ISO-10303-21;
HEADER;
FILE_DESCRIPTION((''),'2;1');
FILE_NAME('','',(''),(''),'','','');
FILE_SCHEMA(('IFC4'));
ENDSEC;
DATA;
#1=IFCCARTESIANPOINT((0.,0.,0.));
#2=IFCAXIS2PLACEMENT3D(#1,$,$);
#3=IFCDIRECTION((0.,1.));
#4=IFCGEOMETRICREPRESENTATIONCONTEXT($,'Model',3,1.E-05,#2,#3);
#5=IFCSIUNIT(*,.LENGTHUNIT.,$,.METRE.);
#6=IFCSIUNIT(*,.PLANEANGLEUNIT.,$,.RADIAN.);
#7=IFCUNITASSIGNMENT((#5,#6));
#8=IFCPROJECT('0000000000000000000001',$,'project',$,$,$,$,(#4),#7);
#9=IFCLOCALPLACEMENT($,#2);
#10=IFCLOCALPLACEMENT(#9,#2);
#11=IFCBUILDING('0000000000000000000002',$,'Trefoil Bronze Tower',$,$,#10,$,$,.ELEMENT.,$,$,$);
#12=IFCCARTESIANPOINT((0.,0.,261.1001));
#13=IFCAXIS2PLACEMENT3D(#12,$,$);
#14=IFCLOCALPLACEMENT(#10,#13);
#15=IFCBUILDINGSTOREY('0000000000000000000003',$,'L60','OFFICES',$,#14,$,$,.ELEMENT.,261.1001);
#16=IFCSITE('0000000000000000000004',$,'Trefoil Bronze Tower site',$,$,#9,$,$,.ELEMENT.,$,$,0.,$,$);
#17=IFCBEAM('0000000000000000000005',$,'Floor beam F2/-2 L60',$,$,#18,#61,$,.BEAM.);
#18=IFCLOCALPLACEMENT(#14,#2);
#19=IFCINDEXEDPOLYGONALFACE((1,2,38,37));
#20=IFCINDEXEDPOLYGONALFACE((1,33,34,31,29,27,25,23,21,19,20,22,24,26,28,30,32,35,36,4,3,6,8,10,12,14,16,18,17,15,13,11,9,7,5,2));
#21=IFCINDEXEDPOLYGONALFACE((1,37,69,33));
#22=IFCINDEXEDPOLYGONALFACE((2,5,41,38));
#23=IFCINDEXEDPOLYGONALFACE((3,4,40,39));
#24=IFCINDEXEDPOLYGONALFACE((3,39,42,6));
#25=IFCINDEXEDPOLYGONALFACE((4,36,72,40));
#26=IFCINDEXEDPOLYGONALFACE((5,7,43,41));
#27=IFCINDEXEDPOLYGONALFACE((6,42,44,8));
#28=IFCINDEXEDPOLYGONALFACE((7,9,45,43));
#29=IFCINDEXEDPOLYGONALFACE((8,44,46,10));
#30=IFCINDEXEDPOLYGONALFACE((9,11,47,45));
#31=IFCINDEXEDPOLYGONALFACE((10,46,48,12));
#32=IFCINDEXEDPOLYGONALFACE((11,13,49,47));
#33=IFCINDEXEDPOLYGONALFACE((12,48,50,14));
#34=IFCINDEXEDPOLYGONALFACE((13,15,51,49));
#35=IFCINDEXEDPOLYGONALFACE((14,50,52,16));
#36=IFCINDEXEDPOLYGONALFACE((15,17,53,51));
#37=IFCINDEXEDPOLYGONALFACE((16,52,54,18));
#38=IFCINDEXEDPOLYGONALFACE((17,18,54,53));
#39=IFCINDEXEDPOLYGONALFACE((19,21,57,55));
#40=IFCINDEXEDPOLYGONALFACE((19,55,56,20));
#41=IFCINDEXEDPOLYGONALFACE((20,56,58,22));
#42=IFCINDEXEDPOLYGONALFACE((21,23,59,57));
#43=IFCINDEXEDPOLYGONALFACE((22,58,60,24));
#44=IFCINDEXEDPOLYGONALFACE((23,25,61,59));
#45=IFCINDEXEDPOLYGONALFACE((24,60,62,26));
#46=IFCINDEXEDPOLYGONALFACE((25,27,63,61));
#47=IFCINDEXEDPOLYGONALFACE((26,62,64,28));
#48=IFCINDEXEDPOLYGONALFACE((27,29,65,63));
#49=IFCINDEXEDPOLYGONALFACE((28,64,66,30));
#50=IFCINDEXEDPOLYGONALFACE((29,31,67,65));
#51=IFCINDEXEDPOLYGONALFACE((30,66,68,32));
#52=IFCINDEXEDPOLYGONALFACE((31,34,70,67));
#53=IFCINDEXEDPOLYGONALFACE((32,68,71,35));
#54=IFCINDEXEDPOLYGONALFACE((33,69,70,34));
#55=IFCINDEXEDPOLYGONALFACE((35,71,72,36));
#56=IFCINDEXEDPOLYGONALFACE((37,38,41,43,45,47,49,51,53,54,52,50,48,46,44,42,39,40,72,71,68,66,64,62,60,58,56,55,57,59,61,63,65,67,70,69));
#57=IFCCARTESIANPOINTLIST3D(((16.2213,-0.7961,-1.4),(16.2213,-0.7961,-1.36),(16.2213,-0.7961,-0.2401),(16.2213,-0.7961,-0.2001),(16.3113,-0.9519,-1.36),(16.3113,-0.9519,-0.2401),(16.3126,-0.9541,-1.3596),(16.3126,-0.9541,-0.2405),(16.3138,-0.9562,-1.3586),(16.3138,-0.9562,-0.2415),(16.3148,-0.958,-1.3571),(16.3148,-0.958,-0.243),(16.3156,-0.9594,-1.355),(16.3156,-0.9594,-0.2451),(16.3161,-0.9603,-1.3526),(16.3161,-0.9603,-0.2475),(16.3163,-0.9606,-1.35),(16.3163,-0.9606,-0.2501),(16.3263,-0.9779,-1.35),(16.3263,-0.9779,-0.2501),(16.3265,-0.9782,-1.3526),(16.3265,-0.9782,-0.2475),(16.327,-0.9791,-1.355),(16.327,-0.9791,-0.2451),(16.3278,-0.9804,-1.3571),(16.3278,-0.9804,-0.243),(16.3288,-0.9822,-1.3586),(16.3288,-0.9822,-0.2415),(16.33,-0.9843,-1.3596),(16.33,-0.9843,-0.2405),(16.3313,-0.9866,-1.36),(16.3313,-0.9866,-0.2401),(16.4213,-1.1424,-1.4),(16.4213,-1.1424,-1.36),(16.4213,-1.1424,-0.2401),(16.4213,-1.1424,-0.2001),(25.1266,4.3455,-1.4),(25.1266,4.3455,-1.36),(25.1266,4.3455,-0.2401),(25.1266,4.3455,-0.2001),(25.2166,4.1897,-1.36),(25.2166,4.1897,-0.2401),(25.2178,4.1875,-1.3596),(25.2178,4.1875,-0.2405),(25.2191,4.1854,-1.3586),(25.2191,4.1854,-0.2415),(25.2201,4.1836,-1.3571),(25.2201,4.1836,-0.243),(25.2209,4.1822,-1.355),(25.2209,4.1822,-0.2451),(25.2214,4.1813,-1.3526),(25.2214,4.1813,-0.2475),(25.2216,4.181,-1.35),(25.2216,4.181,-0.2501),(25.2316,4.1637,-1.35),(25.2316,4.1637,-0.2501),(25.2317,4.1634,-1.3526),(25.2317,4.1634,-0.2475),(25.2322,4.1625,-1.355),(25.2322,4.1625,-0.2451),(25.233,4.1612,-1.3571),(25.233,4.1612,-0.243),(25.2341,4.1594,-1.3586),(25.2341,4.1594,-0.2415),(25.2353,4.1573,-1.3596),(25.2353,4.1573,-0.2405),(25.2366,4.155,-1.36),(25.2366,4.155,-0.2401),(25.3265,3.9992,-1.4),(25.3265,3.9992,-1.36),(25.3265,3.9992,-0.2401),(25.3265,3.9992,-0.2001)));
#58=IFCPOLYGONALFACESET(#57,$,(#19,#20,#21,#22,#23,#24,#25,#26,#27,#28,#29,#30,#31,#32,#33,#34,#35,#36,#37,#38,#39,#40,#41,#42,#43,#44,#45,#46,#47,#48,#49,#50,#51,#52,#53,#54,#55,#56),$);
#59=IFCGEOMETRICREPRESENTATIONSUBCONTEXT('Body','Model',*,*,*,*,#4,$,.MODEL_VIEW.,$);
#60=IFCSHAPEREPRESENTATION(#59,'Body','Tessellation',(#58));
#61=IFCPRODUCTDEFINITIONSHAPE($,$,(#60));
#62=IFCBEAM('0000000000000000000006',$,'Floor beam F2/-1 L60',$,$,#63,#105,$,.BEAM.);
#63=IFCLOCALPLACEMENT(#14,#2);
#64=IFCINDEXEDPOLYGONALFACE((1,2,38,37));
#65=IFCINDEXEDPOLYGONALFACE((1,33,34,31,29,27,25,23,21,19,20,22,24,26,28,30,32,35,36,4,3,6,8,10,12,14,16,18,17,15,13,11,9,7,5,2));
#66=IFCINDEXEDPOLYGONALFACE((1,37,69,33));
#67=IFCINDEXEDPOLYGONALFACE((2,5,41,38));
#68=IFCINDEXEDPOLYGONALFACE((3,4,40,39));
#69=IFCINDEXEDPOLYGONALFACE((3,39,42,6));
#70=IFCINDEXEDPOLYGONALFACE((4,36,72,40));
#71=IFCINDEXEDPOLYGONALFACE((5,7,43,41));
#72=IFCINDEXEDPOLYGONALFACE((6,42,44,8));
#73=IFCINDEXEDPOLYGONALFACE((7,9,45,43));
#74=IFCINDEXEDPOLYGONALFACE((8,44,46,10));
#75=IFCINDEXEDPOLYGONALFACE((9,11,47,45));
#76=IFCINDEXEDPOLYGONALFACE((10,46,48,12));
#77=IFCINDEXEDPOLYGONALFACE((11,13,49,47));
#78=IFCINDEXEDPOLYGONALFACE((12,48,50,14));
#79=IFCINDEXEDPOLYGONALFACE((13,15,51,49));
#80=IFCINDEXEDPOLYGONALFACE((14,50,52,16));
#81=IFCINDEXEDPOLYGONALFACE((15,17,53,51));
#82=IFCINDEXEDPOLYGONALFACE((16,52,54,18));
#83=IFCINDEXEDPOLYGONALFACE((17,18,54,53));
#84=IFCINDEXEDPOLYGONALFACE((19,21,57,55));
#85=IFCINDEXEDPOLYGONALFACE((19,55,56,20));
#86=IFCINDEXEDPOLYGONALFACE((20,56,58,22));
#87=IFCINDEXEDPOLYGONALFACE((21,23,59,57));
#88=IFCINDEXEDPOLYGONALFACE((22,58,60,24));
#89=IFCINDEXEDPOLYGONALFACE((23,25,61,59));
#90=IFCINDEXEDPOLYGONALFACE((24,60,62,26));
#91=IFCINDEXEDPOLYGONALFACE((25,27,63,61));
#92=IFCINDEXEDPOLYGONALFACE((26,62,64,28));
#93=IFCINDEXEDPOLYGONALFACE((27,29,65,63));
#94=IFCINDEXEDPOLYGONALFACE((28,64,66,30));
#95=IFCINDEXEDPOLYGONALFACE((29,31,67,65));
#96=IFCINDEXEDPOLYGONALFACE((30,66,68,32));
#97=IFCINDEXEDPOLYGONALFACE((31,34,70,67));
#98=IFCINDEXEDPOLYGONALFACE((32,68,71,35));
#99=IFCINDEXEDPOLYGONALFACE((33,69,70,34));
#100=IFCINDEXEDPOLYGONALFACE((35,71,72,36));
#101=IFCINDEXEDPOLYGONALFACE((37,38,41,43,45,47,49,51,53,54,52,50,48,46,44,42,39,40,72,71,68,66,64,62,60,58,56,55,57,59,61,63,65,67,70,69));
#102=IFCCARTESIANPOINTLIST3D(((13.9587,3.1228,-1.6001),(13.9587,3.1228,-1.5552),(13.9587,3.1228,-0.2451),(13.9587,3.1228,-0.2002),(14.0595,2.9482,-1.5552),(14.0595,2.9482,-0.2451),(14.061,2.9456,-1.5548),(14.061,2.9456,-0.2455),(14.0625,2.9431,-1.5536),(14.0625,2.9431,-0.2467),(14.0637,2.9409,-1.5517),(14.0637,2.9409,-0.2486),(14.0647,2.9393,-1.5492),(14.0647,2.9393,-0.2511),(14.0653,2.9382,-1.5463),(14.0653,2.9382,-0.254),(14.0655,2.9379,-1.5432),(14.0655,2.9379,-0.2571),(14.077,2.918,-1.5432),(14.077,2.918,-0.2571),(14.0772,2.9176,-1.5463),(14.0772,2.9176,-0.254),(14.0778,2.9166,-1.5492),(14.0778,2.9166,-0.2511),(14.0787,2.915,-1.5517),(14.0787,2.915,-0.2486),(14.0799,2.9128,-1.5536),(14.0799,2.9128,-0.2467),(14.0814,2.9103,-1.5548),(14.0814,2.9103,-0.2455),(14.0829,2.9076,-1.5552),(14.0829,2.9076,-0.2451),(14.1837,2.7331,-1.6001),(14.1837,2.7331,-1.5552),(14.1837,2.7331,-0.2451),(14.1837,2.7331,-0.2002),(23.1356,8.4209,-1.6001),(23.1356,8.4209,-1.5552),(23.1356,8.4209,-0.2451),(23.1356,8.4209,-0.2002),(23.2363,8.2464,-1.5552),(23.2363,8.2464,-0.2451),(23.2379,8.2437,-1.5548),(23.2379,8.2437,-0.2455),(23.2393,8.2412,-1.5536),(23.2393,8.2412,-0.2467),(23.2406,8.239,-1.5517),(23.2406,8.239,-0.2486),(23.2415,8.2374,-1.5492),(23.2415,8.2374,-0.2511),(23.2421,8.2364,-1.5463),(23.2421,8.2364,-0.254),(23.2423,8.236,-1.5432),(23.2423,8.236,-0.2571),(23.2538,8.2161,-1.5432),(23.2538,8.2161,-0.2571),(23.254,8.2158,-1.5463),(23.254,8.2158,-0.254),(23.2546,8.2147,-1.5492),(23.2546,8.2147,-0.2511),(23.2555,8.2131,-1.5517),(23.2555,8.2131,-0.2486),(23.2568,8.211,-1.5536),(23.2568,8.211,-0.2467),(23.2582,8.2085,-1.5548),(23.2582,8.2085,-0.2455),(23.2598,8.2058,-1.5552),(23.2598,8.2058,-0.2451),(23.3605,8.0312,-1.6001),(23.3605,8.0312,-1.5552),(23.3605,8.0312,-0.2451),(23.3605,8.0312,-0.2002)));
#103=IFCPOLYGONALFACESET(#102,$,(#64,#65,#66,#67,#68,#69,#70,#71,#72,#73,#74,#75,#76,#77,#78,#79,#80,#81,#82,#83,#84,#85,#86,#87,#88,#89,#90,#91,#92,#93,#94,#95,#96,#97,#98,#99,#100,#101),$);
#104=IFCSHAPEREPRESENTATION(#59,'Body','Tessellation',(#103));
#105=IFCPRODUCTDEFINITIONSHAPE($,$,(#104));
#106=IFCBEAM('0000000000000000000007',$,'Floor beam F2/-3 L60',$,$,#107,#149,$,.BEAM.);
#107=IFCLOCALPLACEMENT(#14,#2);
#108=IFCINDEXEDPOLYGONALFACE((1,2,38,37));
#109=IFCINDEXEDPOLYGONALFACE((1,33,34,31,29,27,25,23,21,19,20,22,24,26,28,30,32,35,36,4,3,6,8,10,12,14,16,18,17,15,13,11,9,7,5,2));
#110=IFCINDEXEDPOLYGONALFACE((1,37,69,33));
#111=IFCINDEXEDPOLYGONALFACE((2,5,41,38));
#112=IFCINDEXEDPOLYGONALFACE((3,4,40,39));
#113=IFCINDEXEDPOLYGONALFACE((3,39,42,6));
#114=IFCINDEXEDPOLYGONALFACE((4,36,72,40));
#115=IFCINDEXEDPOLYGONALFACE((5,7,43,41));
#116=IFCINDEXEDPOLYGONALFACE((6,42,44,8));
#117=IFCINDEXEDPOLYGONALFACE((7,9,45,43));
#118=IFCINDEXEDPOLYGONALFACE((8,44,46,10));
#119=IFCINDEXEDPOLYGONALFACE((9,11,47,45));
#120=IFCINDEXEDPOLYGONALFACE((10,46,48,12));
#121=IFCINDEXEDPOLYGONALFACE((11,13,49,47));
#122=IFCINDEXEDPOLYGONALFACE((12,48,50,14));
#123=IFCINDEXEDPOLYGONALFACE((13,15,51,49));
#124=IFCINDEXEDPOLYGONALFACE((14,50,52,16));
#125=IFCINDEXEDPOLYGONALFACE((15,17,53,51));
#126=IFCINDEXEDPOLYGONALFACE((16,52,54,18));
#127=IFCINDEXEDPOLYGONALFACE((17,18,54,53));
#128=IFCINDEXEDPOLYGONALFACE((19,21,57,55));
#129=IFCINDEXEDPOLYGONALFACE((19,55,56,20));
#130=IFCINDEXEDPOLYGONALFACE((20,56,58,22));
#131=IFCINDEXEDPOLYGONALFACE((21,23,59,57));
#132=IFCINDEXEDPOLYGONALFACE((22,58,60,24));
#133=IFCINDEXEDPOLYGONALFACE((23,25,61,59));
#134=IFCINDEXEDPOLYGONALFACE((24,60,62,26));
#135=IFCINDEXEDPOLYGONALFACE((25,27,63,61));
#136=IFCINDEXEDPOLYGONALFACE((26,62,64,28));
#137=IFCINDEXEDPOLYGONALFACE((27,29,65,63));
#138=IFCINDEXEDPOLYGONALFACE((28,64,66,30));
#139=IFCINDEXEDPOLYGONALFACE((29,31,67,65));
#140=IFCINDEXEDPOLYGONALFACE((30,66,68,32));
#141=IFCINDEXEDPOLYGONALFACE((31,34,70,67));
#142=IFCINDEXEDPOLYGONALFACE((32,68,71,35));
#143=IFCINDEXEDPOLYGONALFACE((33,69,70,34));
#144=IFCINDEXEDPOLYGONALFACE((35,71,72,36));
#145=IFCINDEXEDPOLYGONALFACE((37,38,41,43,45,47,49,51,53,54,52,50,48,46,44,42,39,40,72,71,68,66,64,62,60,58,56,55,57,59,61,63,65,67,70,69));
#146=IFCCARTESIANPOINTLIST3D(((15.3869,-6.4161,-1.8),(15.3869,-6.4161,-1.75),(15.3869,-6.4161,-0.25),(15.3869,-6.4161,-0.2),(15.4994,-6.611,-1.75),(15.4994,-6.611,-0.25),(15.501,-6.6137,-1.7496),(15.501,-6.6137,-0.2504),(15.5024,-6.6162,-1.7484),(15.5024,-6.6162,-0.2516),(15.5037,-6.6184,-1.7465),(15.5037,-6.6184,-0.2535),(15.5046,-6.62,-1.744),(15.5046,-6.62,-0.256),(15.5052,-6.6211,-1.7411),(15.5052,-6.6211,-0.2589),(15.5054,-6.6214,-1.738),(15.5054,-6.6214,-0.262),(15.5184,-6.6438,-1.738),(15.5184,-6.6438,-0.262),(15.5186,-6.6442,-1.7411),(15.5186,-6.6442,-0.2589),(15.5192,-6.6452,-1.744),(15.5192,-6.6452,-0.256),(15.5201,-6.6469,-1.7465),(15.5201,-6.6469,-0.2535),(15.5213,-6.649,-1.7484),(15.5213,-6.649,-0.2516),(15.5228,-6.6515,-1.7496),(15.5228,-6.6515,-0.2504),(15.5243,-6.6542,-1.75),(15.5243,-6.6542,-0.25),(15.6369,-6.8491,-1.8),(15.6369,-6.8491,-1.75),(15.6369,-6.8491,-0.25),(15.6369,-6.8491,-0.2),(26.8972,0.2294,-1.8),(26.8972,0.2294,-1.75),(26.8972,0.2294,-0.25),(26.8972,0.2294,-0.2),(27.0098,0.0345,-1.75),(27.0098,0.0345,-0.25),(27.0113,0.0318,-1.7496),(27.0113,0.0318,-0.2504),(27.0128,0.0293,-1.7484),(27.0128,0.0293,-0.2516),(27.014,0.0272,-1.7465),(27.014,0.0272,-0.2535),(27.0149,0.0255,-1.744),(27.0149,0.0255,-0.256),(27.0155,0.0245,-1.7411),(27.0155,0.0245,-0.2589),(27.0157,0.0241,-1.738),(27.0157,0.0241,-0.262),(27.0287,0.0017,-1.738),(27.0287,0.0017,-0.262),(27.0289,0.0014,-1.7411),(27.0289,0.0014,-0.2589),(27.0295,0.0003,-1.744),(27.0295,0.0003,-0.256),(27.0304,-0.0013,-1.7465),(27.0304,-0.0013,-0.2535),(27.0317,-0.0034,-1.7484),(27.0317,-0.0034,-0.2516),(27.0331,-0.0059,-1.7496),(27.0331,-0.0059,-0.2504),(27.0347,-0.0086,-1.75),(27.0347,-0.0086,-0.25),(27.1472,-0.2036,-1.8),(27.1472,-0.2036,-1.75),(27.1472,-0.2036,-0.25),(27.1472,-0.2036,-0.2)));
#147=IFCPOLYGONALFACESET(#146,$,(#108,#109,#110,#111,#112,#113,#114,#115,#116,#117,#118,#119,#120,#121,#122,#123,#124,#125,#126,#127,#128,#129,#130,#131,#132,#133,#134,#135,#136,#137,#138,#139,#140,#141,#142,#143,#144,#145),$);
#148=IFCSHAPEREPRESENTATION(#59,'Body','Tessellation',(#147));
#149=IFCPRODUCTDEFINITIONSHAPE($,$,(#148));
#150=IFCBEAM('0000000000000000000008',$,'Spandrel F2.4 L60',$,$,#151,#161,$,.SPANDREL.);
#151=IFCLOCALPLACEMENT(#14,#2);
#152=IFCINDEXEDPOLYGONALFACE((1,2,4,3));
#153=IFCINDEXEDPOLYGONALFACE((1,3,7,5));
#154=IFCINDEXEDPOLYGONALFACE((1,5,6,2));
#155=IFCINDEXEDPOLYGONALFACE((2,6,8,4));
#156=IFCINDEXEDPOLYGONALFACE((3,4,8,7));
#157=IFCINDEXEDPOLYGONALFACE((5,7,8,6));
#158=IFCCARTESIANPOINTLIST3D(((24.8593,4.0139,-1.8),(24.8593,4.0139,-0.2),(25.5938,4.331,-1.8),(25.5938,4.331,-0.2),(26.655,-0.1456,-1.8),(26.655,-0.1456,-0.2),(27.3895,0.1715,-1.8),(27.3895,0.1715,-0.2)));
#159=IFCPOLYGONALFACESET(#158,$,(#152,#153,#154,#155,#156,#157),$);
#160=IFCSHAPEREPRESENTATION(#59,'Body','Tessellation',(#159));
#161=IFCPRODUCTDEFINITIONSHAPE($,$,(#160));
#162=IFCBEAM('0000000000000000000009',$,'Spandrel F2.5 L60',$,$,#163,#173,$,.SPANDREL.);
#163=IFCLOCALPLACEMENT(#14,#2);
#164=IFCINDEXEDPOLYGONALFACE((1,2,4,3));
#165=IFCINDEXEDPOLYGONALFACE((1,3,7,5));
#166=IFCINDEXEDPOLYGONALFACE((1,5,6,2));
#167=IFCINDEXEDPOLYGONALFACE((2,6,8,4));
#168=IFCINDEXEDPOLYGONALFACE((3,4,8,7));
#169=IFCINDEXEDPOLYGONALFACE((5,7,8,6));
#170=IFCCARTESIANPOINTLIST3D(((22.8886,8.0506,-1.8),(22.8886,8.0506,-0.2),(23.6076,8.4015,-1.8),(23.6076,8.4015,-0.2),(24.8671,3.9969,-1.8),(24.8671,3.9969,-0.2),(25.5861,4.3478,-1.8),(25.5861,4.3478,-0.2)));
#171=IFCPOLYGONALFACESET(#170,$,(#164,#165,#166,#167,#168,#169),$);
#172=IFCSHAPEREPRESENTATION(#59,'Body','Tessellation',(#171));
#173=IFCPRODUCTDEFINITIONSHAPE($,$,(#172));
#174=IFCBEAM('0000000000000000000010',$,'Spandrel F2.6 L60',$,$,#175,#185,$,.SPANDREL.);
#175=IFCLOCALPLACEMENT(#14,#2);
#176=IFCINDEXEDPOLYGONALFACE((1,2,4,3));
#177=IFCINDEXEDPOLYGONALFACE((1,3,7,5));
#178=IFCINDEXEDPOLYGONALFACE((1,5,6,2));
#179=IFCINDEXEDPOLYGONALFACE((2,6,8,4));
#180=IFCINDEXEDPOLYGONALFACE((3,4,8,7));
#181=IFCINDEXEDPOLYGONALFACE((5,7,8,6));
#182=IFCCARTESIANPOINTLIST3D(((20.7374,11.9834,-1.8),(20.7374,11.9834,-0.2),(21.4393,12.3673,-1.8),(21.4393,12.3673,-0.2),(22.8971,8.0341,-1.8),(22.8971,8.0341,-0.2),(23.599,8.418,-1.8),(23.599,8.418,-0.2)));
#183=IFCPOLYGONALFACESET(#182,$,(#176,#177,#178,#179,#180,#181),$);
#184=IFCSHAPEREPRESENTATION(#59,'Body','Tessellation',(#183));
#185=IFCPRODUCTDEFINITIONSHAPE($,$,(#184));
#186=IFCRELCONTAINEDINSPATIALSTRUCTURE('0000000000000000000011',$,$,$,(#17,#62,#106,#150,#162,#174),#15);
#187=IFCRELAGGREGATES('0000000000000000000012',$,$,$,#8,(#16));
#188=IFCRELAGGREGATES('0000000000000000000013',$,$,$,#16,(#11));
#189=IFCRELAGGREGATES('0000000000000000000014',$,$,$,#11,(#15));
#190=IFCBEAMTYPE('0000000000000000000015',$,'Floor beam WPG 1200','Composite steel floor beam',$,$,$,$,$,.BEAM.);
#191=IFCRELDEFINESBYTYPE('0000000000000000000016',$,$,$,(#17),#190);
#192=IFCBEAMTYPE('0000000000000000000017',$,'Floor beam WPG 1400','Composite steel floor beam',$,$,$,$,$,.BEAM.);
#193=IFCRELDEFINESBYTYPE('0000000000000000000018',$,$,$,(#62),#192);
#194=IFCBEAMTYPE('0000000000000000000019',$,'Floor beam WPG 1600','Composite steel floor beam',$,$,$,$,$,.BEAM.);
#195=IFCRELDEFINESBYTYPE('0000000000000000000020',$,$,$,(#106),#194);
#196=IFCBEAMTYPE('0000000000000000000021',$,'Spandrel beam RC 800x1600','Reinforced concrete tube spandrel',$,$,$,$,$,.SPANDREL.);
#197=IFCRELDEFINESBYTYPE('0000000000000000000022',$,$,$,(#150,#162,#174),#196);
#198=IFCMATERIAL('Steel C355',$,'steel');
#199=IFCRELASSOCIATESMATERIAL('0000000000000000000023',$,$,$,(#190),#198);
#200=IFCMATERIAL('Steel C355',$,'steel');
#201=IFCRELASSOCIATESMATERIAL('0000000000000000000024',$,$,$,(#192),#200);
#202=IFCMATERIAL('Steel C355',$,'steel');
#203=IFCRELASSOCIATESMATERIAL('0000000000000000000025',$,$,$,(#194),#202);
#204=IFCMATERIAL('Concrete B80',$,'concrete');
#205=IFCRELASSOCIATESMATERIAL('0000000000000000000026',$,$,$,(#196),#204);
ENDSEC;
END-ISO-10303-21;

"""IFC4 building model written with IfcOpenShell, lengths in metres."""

from ifc_helpers import new_model, si_unit, direction, frame, origin, origin_2d, place, context, subcontext, project, spatial, rectangle, i_section, extrude, material, material_profile, profile_set, type_object, element, save


model = new_model("IFC4")

# Units and contexts
model_context = context("Model", 3, precision=1e-05, world=origin(), true_north=direction((0.0, 1.0)))
body_context = subcontext(model_context, "Body", "Model", "MODEL_VIEW")
ifc_project = project(units=[si_unit("LENGTHUNIT", "METRE"), si_unit("PLANEANGLEUNIT", "RADIAN")], contexts=[model_context])

# Site, building, storey
site_placement = place(None, origin())
site = spatial("IfcSite", under=ifc_project, at=site_placement, Name="Trefoil Bronze Tower site", CompositionType="ELEMENT", RefElevation=0.0)
building_placement = place(site_placement, origin())
building = spatial("IfcBuilding", under=site, at=building_placement, Name="Trefoil Bronze Tower", CompositionType="ELEMENT")
storey_placement = place(building_placement, frame((0.0, 0.0, 261.1001)))
storey = spatial("IfcBuildingStorey", under=building, at=storey_placement, Name="L60", Description="OFFICES", CompositionType="ELEMENT", Elevation=261.1001)

# Beams
ifc_material_1 = material(Name="Steel C355", Category="steel")
ifc_material_profile_1 = material_profile(ifc_material_1, i_section(OverallWidth=0.3999, OverallDepth=1.2, WebThickness=0.02, FlangeThickness=0.04, FilletRadius=0.01, at=origin_2d()), Name="WPG 1200")
ifc_profile_set_1 = profile_set([ifc_material_profile_1], Name="Steel C355")
beam_type_1 = type_object("IfcBeamType", Name="Floor beam WPG 1200", Description="Composite steel floor beam", PredefinedType="BEAM", material=ifc_profile_set_1)
beam_1_placement = place(storey_placement, frame((25.2266, 4.1724, -0.8), z_axis=(-0.86602, -0.50001, 0.0), x_axis=(0.50001, -0.86602, 0.0)))
element("IfcBeam", 1, at=beam_1_placement, inside=storey, type_object=beam_type_1, Name="Floor beam F2/-2 L60", PredefinedType="BEAM", context=body_context, shape_type="SweptSolid", body=[
    extrude(i_section(OverallWidth=0.3999, OverallDepth=1.2, WebThickness=0.02, FlangeThickness=0.04, FilletRadius=0.01, at=origin_2d()), origin(), (0.0, 0.0, 1.0), 10.283),
])
ifc_material_2 = material(Name="Steel C355", Category="steel")
ifc_material_profile_2 = material_profile(ifc_material_2, i_section(OverallWidth=0.45, OverallDepth=1.3999, WebThickness=0.0229, FlangeThickness=0.0449, FilletRadius=0.012, at=origin_2d()), Name="WPG 1400")
ifc_profile_set_2 = profile_set([ifc_material_profile_2], Name="Steel C355")
beam_type_2 = type_object("IfcBeamType", Name="Floor beam WPG 1400", Description="Composite steel floor beam", PredefinedType="BEAM", material=ifc_profile_set_2)
beam_2_placement = place(storey_placement, frame((23.248, 8.2261, -0.9001), z_axis=(-0.86603, -0.499992, 0.0), x_axis=(0.499992, -0.86603, 0.0)))
element("IfcBeam", 2, at=beam_2_placement, inside=storey, type_object=beam_type_2, Name="Floor beam F2/-1 L60", PredefinedType="BEAM", context=body_context, shape_type="SweptSolid", body=[
    extrude(i_section(OverallWidth=0.45, OverallDepth=1.3999, WebThickness=0.0229, FlangeThickness=0.0449, FilletRadius=0.012, at=origin_2d()), origin(), (0.0, 0.0, 1.0), 10.5964),
])
ifc_material_3 = material(Name="Steel C355", Category="steel")
ifc_material_profile_3 = material_profile(ifc_material_3, i_section(OverallWidth=0.5, OverallDepth=1.6001, WebThickness=0.0259, FlangeThickness=0.05, FilletRadius=0.012, at=origin_2d()), Name="WPG 1600")
ifc_profile_set_3 = profile_set([ifc_material_profile_3], Name="Steel C355")
beam_type_3 = type_object("IfcBeamType", Name="Floor beam WPG 1600", Description="Composite steel floor beam", PredefinedType="BEAM", material=ifc_profile_set_3)
beam_3_placement = place(storey_placement, frame((27.0222, 0.0129, -1.0), z_axis=(-0.866023, -0.500003, 0.0), x_axis=(0.500003, -0.866023, 0.0)))
element("IfcBeam", 3, at=beam_3_placement, inside=storey, type_object=beam_type_3, Name="Floor beam F2/-3 L60", PredefinedType="BEAM", context=body_context, shape_type="SweptSolid", body=[
    extrude(i_section(OverallWidth=0.5, OverallDepth=1.6001, WebThickness=0.0259, FlangeThickness=0.05, FilletRadius=0.012, at=origin_2d()), origin(), (0.0, 0.0, 1.0), 13.291),
])
ifc_material_4 = material(Name="Concrete B80", Category="concrete")
ifc_material_profile_4 = material_profile(ifc_material_4, rectangle(XDim=0.8, YDim=1.6001, at=origin_2d()), Name="RC 800x1600")
ifc_profile_set_4 = profile_set([ifc_material_profile_4], Name="Concrete B80")
beam_type_4 = type_object("IfcBeamType", Name="Spandrel beam RC 800x1600", Description="Reinforced concrete tube spandrel", PredefinedType="SPANDREL", material=ifc_profile_set_4)
beam_4_placement = place(storey_placement, frame((27.0222, 0.0129, -1.0), z_axis=(-0.39635, 0.918099, 0.0), x_axis=(-0.918099, -0.39635, 0.0)))
element("IfcBeam", 4, at=beam_4_placement, inside=storey, type_object=beam_type_4, Name="Spandrel F2.4 L60", PredefinedType="SPANDREL", context=body_context, shape_type="SweptSolid", body=[
    extrude(rectangle(XDim=0.8, YDim=1.6001, at=origin_2d()), origin(), (0.0, 0.0, 1.0), 4.5305),
])
beam_5_placement = place(storey_placement, frame((25.2266, 4.1724, -1.0), z_axis=(-0.43862, 0.898673, 0.0), x_axis=(-0.898673, -0.43862, 0.0)))
element("IfcBeam", 5, at=beam_5_placement, inside=storey, type_object=beam_type_4, Name="Spandrel F2.5 L60", PredefinedType="SPANDREL", context=body_context, shape_type="SweptSolid", body=[
    extrude(rectangle(XDim=0.8, YDim=1.6001, at=origin_2d()), origin(), (0.0, 0.0, 1.0), 4.5107),
])
beam_6_placement = place(storey_placement, frame((23.248, 8.2261, -1.0), z_axis=(-0.479802, 0.877377, 0.0), x_axis=(-0.877377, -0.479802, 0.0)))
element("IfcBeam", 6, at=beam_6_placement, inside=storey, type_object=beam_type_4, Name="Spandrel F2.6 L60", PredefinedType="SPANDREL", context=body_context, shape_type="SweptSolid", body=[
    extrude(rectangle(XDim=0.8, YDim=1.6001, at=origin_2d()), origin(), (0.0, 0.0, 1.0), 4.5012),
])

save(model, "model.ifc")
